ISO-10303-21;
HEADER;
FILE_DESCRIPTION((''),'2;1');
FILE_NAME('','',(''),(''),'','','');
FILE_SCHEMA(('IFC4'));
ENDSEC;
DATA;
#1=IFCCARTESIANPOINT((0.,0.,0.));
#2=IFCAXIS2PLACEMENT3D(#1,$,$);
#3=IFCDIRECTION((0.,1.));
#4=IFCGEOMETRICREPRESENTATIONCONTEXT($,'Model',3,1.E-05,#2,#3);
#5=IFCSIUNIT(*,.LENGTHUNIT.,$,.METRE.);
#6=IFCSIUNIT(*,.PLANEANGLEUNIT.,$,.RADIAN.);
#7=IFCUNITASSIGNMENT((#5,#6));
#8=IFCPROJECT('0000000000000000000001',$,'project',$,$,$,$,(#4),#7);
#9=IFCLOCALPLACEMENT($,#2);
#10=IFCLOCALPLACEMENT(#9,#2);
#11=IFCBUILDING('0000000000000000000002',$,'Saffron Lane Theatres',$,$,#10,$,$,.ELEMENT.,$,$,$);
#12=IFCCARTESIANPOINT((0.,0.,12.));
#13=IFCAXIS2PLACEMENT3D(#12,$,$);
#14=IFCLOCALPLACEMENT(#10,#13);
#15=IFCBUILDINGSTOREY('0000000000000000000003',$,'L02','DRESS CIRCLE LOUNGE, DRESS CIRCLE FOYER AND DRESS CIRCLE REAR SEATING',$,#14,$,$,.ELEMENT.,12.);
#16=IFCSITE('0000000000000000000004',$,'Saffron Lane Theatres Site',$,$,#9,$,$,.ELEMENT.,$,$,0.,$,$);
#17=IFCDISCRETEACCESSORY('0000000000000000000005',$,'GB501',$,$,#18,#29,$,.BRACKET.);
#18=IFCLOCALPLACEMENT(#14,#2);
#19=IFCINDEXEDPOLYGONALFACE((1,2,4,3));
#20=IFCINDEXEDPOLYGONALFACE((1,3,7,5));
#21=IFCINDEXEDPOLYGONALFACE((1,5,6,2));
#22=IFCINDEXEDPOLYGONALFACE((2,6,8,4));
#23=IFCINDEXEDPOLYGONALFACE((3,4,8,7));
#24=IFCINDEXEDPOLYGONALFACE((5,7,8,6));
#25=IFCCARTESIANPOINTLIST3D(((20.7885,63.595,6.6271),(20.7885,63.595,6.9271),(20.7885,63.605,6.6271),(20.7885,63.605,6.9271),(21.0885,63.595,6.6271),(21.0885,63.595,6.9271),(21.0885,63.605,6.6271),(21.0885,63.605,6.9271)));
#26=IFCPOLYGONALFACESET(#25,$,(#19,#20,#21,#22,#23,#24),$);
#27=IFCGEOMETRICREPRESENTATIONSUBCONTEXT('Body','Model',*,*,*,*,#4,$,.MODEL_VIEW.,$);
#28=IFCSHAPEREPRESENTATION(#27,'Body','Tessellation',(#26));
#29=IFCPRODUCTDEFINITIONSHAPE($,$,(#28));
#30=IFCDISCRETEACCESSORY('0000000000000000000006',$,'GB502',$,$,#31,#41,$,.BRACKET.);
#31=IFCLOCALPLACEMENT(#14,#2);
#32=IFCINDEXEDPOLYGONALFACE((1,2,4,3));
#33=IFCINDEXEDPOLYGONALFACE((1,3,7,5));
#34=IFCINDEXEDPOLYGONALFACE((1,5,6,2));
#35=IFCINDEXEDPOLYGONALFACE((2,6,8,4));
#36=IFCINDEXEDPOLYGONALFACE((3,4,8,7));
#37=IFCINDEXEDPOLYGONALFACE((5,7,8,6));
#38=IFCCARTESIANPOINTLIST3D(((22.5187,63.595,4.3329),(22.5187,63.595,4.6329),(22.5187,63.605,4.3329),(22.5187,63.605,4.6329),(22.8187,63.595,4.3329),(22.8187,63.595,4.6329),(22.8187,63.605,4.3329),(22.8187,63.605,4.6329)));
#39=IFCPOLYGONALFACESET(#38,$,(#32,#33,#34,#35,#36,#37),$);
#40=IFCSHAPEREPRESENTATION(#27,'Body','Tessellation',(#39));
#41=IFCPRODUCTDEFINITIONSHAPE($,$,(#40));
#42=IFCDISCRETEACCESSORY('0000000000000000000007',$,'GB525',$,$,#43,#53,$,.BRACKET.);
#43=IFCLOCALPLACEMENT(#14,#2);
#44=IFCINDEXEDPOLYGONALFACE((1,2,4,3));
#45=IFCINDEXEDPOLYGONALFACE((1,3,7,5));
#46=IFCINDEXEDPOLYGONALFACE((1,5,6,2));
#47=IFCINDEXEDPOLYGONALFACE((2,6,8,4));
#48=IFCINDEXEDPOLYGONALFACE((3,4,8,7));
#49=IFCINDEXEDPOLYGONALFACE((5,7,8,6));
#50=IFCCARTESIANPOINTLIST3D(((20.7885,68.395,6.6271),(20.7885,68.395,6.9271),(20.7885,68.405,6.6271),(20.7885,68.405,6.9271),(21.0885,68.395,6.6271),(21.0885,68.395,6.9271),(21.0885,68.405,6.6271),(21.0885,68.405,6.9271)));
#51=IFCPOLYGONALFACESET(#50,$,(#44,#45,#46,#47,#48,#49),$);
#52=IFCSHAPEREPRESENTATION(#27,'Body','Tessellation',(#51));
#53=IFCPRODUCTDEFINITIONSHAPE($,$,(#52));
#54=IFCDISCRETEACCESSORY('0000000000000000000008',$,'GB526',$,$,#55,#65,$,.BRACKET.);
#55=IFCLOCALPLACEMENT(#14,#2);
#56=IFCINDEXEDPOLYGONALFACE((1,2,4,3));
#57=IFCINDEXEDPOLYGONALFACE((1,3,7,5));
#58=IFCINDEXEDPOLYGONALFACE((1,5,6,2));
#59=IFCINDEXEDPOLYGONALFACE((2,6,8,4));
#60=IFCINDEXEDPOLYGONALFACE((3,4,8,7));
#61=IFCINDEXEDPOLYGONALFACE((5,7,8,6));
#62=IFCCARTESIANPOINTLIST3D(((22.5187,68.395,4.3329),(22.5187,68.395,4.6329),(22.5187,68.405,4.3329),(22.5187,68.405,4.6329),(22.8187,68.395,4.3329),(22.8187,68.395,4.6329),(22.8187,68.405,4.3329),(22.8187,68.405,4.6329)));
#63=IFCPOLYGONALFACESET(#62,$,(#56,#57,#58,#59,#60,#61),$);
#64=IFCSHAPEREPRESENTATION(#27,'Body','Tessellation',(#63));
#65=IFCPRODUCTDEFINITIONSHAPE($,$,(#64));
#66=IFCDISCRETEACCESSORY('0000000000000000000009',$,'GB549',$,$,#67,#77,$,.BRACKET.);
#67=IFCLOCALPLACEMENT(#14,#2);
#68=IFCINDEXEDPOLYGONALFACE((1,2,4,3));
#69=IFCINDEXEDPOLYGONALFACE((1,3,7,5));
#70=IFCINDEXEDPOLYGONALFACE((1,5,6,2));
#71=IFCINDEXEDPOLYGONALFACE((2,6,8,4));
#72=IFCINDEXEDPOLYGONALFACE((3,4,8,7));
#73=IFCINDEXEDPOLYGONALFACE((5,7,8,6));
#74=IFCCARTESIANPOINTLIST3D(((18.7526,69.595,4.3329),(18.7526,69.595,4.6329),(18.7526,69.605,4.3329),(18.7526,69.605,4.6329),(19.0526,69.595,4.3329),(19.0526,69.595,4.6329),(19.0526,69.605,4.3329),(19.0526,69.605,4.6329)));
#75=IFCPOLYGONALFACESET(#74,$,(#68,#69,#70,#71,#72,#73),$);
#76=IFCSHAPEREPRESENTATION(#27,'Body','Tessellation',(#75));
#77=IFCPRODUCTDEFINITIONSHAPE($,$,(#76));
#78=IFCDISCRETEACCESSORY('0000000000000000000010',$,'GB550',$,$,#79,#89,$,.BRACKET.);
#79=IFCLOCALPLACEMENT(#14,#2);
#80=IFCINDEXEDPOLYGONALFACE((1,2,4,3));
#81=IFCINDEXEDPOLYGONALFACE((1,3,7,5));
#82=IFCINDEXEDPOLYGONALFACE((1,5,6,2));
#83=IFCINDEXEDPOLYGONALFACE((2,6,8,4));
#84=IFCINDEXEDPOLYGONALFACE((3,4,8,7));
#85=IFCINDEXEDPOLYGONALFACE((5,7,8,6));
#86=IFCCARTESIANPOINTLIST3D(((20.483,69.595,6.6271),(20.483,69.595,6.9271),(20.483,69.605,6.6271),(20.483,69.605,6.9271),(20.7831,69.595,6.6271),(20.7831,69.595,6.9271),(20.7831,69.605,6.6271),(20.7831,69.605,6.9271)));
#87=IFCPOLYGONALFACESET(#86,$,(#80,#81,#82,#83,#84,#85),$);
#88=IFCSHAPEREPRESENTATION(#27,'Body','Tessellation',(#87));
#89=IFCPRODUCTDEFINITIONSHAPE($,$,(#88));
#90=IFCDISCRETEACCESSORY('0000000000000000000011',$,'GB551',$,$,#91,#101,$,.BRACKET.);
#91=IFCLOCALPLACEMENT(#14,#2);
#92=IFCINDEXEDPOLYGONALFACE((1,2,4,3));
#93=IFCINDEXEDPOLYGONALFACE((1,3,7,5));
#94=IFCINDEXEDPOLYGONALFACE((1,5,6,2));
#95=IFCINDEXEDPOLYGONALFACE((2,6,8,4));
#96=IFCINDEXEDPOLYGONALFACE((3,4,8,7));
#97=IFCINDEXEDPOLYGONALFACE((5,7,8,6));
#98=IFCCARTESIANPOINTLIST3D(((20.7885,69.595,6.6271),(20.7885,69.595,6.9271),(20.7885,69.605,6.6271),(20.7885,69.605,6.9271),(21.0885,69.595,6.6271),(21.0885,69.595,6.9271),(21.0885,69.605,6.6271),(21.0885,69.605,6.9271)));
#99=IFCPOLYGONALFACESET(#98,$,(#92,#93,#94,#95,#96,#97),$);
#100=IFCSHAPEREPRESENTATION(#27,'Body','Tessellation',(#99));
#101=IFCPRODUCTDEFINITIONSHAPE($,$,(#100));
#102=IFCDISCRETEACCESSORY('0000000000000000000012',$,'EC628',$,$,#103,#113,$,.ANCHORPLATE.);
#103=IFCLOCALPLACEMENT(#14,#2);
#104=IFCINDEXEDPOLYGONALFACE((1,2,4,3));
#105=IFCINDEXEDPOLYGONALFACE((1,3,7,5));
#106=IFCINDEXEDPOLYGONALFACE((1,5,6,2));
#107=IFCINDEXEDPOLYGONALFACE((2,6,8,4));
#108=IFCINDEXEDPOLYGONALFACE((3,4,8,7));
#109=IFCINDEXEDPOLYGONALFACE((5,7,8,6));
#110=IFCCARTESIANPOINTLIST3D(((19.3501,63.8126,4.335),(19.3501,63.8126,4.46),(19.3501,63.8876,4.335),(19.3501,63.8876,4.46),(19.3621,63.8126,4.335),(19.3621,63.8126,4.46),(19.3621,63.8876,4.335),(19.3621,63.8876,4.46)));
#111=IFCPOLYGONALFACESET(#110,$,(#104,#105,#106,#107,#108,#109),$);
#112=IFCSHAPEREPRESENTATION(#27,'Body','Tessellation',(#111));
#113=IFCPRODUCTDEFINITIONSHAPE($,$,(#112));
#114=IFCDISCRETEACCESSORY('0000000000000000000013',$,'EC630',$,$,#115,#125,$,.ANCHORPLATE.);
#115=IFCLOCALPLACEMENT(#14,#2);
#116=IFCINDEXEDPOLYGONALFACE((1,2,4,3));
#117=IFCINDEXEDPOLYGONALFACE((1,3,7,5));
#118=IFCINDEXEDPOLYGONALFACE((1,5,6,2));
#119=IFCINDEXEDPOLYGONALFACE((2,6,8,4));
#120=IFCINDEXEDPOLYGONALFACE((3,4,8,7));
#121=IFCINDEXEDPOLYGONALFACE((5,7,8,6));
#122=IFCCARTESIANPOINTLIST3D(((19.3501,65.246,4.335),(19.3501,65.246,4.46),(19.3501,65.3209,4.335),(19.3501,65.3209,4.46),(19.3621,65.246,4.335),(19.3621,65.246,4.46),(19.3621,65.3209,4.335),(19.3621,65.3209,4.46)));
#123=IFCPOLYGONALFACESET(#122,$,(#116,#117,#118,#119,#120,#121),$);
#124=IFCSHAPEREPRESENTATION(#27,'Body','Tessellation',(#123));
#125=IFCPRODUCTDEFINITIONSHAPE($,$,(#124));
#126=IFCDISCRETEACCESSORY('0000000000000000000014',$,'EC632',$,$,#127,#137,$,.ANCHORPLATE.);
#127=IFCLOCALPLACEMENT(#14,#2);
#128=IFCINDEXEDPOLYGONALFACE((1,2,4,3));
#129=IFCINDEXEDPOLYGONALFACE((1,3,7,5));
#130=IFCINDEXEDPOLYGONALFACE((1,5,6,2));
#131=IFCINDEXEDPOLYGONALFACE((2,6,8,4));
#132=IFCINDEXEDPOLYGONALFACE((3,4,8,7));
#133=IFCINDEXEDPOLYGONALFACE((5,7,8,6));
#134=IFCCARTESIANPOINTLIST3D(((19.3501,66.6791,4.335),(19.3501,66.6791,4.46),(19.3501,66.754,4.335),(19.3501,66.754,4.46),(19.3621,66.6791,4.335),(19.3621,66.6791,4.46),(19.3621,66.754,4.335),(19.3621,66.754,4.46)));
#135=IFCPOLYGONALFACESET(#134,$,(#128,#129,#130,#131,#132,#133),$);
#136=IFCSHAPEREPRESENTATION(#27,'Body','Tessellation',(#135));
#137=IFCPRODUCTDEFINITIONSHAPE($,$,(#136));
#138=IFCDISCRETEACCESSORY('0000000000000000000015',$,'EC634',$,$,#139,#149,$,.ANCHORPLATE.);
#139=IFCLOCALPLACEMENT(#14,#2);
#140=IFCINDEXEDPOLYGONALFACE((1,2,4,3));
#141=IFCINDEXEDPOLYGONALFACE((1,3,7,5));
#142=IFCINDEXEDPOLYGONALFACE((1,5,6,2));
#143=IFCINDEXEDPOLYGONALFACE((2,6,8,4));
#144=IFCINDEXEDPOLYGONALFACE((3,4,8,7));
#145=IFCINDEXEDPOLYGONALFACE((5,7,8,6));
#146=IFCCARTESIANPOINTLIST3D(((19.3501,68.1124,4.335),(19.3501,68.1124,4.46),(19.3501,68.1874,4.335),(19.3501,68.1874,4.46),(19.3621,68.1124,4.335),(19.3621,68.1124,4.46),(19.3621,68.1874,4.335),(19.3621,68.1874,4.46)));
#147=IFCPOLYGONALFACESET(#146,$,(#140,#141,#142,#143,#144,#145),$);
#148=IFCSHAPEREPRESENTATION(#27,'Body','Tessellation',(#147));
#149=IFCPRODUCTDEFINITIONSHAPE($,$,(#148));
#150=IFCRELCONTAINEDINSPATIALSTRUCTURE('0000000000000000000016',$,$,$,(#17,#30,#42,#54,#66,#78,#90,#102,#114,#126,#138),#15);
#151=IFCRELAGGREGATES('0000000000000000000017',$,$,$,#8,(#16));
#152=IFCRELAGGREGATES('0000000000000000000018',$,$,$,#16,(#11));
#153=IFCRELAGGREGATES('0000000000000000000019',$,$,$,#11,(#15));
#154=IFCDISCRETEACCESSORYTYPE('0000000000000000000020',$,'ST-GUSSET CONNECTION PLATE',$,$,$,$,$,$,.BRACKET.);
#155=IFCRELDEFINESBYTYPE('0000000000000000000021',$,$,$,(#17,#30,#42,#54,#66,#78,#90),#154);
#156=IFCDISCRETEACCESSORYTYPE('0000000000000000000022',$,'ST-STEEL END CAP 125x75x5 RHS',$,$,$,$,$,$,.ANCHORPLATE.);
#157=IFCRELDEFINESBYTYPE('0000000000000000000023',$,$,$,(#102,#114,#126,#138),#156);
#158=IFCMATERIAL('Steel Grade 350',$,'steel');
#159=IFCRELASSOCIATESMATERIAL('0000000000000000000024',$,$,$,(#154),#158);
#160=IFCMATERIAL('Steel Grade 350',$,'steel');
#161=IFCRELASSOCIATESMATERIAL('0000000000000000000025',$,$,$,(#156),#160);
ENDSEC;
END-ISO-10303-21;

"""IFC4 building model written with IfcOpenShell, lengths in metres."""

from ifc_helpers import new_model, si_unit, direction, frame, origin, origin_2d, place, context, subcontext, project, spatial, rectangle, extrude, material, material_profile, profile_set, type_object, element, save


model = new_model("IFC4")

# Units and contexts
model_context = context("Model", 3, precision=1e-05, world=origin(), true_north=direction((0.0, 1.0)))
body_context = subcontext(model_context, "Body", "Model", "MODEL_VIEW")
ifc_project = project(units=[si_unit("LENGTHUNIT", "METRE"), si_unit("PLANEANGLEUNIT", "RADIAN")], contexts=[model_context])

# Site, building, storey
site_placement = place(None, origin())
site = spatial("IfcSite", under=ifc_project, at=site_placement, Name="Saffron Lane Theatres Site", CompositionType="ELEMENT", RefElevation=0.0)
building_placement = place(site_placement, origin())
building = spatial("IfcBuilding", under=site, at=building_placement, Name="Saffron Lane Theatres", CompositionType="ELEMENT")
storey_placement = place(building_placement, frame((0.0, 0.0, 12.0)))
storey = spatial("IfcBuildingStorey", under=building, at=storey_placement, Name="L02", Description="DRESS CIRCLE LOUNGE, DRESS CIRCLE FOYER AND DRESS CIRCLE REAR SEATING", CompositionType="ELEMENT", Elevation=12.0)

# Discrete accessories
ifc_material_1 = material(Name="Steel Grade 350", Category="steel")
ifc_material_profile_1 = material_profile(ifc_material_1, rectangle(XDim=0.3, YDim=0.3, at=origin_2d()))
ifc_profile_set_1 = profile_set([ifc_material_profile_1], Name="Steel Grade 350")
discrete_accessory_type_1 = type_object("IfcDiscreteAccessoryType", Name="ST-GUSSET CONNECTION PLATE", PredefinedType="BRACKET", material=ifc_profile_set_1)
for number, where, z_axis, x_axis, name in (
    (1, (20.9385, 63.595, 6.7771), (0.0, 1.0, 0.0), (-1.0, 0.0, 0.0), "GB501"),
    (2, (22.6687, 63.595, 4.4829), (0.0, 1.0, 0.0), (-1.0, 0.0, 0.0), "GB502"),
    (3, (20.9385, 68.395, 6.7771), (0.0, 1.0, 0.0), (-1.0, 0.0, 0.0), "GB525"),
    (4, (22.6687, 68.395, 4.4829), (0.0, 1.0, 0.0), (-1.0, 0.0, 0.0), "GB526"),
    (5, (18.9026, 69.595, 4.4829), (0.0, 1.0, 0.0), (-1.0, 0.0, 0.0), "GB549"),
    (6, (20.6331, 69.595, 6.7771), (0.0, 1.0, 0.0), (-1.0, 0.0, 0.0), "GB550"),
    (7, (20.9385, 69.595, 6.7771), (0.0, 1.0, 0.0), (-1.0, 0.0, 0.0), "GB551"),
):
    element("IfcDiscreteAccessory", number, at=place(storey_placement, frame(where, z_axis=z_axis, x_axis=x_axis)), inside=storey, type_object=discrete_accessory_type_1, Name=name, PredefinedType="BRACKET", context=body_context, shape_type="SweptSolid", body=[
        extrude(rectangle(XDim=0.3, YDim=0.3, at=origin_2d()), origin(), (0.0, 0.0, 1.0), 0.01),
    ])
ifc_material_2 = material(Name="Steel Grade 350", Category="steel")
ifc_material_profile_2 = material_profile(ifc_material_2, rectangle(XDim=0.075, YDim=0.125, at=origin_2d()))
ifc_profile_set_2 = profile_set([ifc_material_profile_2], Name="Steel Grade 350")
discrete_accessory_type_2 = type_object("IfcDiscreteAccessoryType", Name="ST-STEEL END CAP 125x75x5 RHS", PredefinedType="ANCHORPLATE", material=ifc_profile_set_2)
for number, where, z_axis, x_axis, name in (
    (8, (19.3501, 63.8501, 4.3975), (1.0, 0.0, 0.0), (0.0, 1.0, 0.0), "EC628"),
    (9, (19.3501, 65.2834, 4.3975), (1.0, 0.0, 0.0), (0.0, 1.0, 0.0), "EC630"),
    (10, (19.3501, 66.7166, 4.3975), (1.0, 0.0, 0.0), (0.0, 1.0, 0.0), "EC632"),
    (11, (19.3501, 68.1499, 4.3975), (1.0, 0.0, 0.0), (0.0, 1.0, 0.0), "EC634"),
):
    element("IfcDiscreteAccessory", number, at=place(storey_placement, frame(where, z_axis=z_axis, x_axis=x_axis)), inside=storey, type_object=discrete_accessory_type_2, Name=name, PredefinedType="ANCHORPLATE", context=body_context, shape_type="SweptSolid", body=[
        extrude(rectangle(XDim=0.075, YDim=0.125, at=origin_2d()), origin(), (0.0, 0.0, 1.0), 0.012),
    ])

save(model, "model.ifc")
